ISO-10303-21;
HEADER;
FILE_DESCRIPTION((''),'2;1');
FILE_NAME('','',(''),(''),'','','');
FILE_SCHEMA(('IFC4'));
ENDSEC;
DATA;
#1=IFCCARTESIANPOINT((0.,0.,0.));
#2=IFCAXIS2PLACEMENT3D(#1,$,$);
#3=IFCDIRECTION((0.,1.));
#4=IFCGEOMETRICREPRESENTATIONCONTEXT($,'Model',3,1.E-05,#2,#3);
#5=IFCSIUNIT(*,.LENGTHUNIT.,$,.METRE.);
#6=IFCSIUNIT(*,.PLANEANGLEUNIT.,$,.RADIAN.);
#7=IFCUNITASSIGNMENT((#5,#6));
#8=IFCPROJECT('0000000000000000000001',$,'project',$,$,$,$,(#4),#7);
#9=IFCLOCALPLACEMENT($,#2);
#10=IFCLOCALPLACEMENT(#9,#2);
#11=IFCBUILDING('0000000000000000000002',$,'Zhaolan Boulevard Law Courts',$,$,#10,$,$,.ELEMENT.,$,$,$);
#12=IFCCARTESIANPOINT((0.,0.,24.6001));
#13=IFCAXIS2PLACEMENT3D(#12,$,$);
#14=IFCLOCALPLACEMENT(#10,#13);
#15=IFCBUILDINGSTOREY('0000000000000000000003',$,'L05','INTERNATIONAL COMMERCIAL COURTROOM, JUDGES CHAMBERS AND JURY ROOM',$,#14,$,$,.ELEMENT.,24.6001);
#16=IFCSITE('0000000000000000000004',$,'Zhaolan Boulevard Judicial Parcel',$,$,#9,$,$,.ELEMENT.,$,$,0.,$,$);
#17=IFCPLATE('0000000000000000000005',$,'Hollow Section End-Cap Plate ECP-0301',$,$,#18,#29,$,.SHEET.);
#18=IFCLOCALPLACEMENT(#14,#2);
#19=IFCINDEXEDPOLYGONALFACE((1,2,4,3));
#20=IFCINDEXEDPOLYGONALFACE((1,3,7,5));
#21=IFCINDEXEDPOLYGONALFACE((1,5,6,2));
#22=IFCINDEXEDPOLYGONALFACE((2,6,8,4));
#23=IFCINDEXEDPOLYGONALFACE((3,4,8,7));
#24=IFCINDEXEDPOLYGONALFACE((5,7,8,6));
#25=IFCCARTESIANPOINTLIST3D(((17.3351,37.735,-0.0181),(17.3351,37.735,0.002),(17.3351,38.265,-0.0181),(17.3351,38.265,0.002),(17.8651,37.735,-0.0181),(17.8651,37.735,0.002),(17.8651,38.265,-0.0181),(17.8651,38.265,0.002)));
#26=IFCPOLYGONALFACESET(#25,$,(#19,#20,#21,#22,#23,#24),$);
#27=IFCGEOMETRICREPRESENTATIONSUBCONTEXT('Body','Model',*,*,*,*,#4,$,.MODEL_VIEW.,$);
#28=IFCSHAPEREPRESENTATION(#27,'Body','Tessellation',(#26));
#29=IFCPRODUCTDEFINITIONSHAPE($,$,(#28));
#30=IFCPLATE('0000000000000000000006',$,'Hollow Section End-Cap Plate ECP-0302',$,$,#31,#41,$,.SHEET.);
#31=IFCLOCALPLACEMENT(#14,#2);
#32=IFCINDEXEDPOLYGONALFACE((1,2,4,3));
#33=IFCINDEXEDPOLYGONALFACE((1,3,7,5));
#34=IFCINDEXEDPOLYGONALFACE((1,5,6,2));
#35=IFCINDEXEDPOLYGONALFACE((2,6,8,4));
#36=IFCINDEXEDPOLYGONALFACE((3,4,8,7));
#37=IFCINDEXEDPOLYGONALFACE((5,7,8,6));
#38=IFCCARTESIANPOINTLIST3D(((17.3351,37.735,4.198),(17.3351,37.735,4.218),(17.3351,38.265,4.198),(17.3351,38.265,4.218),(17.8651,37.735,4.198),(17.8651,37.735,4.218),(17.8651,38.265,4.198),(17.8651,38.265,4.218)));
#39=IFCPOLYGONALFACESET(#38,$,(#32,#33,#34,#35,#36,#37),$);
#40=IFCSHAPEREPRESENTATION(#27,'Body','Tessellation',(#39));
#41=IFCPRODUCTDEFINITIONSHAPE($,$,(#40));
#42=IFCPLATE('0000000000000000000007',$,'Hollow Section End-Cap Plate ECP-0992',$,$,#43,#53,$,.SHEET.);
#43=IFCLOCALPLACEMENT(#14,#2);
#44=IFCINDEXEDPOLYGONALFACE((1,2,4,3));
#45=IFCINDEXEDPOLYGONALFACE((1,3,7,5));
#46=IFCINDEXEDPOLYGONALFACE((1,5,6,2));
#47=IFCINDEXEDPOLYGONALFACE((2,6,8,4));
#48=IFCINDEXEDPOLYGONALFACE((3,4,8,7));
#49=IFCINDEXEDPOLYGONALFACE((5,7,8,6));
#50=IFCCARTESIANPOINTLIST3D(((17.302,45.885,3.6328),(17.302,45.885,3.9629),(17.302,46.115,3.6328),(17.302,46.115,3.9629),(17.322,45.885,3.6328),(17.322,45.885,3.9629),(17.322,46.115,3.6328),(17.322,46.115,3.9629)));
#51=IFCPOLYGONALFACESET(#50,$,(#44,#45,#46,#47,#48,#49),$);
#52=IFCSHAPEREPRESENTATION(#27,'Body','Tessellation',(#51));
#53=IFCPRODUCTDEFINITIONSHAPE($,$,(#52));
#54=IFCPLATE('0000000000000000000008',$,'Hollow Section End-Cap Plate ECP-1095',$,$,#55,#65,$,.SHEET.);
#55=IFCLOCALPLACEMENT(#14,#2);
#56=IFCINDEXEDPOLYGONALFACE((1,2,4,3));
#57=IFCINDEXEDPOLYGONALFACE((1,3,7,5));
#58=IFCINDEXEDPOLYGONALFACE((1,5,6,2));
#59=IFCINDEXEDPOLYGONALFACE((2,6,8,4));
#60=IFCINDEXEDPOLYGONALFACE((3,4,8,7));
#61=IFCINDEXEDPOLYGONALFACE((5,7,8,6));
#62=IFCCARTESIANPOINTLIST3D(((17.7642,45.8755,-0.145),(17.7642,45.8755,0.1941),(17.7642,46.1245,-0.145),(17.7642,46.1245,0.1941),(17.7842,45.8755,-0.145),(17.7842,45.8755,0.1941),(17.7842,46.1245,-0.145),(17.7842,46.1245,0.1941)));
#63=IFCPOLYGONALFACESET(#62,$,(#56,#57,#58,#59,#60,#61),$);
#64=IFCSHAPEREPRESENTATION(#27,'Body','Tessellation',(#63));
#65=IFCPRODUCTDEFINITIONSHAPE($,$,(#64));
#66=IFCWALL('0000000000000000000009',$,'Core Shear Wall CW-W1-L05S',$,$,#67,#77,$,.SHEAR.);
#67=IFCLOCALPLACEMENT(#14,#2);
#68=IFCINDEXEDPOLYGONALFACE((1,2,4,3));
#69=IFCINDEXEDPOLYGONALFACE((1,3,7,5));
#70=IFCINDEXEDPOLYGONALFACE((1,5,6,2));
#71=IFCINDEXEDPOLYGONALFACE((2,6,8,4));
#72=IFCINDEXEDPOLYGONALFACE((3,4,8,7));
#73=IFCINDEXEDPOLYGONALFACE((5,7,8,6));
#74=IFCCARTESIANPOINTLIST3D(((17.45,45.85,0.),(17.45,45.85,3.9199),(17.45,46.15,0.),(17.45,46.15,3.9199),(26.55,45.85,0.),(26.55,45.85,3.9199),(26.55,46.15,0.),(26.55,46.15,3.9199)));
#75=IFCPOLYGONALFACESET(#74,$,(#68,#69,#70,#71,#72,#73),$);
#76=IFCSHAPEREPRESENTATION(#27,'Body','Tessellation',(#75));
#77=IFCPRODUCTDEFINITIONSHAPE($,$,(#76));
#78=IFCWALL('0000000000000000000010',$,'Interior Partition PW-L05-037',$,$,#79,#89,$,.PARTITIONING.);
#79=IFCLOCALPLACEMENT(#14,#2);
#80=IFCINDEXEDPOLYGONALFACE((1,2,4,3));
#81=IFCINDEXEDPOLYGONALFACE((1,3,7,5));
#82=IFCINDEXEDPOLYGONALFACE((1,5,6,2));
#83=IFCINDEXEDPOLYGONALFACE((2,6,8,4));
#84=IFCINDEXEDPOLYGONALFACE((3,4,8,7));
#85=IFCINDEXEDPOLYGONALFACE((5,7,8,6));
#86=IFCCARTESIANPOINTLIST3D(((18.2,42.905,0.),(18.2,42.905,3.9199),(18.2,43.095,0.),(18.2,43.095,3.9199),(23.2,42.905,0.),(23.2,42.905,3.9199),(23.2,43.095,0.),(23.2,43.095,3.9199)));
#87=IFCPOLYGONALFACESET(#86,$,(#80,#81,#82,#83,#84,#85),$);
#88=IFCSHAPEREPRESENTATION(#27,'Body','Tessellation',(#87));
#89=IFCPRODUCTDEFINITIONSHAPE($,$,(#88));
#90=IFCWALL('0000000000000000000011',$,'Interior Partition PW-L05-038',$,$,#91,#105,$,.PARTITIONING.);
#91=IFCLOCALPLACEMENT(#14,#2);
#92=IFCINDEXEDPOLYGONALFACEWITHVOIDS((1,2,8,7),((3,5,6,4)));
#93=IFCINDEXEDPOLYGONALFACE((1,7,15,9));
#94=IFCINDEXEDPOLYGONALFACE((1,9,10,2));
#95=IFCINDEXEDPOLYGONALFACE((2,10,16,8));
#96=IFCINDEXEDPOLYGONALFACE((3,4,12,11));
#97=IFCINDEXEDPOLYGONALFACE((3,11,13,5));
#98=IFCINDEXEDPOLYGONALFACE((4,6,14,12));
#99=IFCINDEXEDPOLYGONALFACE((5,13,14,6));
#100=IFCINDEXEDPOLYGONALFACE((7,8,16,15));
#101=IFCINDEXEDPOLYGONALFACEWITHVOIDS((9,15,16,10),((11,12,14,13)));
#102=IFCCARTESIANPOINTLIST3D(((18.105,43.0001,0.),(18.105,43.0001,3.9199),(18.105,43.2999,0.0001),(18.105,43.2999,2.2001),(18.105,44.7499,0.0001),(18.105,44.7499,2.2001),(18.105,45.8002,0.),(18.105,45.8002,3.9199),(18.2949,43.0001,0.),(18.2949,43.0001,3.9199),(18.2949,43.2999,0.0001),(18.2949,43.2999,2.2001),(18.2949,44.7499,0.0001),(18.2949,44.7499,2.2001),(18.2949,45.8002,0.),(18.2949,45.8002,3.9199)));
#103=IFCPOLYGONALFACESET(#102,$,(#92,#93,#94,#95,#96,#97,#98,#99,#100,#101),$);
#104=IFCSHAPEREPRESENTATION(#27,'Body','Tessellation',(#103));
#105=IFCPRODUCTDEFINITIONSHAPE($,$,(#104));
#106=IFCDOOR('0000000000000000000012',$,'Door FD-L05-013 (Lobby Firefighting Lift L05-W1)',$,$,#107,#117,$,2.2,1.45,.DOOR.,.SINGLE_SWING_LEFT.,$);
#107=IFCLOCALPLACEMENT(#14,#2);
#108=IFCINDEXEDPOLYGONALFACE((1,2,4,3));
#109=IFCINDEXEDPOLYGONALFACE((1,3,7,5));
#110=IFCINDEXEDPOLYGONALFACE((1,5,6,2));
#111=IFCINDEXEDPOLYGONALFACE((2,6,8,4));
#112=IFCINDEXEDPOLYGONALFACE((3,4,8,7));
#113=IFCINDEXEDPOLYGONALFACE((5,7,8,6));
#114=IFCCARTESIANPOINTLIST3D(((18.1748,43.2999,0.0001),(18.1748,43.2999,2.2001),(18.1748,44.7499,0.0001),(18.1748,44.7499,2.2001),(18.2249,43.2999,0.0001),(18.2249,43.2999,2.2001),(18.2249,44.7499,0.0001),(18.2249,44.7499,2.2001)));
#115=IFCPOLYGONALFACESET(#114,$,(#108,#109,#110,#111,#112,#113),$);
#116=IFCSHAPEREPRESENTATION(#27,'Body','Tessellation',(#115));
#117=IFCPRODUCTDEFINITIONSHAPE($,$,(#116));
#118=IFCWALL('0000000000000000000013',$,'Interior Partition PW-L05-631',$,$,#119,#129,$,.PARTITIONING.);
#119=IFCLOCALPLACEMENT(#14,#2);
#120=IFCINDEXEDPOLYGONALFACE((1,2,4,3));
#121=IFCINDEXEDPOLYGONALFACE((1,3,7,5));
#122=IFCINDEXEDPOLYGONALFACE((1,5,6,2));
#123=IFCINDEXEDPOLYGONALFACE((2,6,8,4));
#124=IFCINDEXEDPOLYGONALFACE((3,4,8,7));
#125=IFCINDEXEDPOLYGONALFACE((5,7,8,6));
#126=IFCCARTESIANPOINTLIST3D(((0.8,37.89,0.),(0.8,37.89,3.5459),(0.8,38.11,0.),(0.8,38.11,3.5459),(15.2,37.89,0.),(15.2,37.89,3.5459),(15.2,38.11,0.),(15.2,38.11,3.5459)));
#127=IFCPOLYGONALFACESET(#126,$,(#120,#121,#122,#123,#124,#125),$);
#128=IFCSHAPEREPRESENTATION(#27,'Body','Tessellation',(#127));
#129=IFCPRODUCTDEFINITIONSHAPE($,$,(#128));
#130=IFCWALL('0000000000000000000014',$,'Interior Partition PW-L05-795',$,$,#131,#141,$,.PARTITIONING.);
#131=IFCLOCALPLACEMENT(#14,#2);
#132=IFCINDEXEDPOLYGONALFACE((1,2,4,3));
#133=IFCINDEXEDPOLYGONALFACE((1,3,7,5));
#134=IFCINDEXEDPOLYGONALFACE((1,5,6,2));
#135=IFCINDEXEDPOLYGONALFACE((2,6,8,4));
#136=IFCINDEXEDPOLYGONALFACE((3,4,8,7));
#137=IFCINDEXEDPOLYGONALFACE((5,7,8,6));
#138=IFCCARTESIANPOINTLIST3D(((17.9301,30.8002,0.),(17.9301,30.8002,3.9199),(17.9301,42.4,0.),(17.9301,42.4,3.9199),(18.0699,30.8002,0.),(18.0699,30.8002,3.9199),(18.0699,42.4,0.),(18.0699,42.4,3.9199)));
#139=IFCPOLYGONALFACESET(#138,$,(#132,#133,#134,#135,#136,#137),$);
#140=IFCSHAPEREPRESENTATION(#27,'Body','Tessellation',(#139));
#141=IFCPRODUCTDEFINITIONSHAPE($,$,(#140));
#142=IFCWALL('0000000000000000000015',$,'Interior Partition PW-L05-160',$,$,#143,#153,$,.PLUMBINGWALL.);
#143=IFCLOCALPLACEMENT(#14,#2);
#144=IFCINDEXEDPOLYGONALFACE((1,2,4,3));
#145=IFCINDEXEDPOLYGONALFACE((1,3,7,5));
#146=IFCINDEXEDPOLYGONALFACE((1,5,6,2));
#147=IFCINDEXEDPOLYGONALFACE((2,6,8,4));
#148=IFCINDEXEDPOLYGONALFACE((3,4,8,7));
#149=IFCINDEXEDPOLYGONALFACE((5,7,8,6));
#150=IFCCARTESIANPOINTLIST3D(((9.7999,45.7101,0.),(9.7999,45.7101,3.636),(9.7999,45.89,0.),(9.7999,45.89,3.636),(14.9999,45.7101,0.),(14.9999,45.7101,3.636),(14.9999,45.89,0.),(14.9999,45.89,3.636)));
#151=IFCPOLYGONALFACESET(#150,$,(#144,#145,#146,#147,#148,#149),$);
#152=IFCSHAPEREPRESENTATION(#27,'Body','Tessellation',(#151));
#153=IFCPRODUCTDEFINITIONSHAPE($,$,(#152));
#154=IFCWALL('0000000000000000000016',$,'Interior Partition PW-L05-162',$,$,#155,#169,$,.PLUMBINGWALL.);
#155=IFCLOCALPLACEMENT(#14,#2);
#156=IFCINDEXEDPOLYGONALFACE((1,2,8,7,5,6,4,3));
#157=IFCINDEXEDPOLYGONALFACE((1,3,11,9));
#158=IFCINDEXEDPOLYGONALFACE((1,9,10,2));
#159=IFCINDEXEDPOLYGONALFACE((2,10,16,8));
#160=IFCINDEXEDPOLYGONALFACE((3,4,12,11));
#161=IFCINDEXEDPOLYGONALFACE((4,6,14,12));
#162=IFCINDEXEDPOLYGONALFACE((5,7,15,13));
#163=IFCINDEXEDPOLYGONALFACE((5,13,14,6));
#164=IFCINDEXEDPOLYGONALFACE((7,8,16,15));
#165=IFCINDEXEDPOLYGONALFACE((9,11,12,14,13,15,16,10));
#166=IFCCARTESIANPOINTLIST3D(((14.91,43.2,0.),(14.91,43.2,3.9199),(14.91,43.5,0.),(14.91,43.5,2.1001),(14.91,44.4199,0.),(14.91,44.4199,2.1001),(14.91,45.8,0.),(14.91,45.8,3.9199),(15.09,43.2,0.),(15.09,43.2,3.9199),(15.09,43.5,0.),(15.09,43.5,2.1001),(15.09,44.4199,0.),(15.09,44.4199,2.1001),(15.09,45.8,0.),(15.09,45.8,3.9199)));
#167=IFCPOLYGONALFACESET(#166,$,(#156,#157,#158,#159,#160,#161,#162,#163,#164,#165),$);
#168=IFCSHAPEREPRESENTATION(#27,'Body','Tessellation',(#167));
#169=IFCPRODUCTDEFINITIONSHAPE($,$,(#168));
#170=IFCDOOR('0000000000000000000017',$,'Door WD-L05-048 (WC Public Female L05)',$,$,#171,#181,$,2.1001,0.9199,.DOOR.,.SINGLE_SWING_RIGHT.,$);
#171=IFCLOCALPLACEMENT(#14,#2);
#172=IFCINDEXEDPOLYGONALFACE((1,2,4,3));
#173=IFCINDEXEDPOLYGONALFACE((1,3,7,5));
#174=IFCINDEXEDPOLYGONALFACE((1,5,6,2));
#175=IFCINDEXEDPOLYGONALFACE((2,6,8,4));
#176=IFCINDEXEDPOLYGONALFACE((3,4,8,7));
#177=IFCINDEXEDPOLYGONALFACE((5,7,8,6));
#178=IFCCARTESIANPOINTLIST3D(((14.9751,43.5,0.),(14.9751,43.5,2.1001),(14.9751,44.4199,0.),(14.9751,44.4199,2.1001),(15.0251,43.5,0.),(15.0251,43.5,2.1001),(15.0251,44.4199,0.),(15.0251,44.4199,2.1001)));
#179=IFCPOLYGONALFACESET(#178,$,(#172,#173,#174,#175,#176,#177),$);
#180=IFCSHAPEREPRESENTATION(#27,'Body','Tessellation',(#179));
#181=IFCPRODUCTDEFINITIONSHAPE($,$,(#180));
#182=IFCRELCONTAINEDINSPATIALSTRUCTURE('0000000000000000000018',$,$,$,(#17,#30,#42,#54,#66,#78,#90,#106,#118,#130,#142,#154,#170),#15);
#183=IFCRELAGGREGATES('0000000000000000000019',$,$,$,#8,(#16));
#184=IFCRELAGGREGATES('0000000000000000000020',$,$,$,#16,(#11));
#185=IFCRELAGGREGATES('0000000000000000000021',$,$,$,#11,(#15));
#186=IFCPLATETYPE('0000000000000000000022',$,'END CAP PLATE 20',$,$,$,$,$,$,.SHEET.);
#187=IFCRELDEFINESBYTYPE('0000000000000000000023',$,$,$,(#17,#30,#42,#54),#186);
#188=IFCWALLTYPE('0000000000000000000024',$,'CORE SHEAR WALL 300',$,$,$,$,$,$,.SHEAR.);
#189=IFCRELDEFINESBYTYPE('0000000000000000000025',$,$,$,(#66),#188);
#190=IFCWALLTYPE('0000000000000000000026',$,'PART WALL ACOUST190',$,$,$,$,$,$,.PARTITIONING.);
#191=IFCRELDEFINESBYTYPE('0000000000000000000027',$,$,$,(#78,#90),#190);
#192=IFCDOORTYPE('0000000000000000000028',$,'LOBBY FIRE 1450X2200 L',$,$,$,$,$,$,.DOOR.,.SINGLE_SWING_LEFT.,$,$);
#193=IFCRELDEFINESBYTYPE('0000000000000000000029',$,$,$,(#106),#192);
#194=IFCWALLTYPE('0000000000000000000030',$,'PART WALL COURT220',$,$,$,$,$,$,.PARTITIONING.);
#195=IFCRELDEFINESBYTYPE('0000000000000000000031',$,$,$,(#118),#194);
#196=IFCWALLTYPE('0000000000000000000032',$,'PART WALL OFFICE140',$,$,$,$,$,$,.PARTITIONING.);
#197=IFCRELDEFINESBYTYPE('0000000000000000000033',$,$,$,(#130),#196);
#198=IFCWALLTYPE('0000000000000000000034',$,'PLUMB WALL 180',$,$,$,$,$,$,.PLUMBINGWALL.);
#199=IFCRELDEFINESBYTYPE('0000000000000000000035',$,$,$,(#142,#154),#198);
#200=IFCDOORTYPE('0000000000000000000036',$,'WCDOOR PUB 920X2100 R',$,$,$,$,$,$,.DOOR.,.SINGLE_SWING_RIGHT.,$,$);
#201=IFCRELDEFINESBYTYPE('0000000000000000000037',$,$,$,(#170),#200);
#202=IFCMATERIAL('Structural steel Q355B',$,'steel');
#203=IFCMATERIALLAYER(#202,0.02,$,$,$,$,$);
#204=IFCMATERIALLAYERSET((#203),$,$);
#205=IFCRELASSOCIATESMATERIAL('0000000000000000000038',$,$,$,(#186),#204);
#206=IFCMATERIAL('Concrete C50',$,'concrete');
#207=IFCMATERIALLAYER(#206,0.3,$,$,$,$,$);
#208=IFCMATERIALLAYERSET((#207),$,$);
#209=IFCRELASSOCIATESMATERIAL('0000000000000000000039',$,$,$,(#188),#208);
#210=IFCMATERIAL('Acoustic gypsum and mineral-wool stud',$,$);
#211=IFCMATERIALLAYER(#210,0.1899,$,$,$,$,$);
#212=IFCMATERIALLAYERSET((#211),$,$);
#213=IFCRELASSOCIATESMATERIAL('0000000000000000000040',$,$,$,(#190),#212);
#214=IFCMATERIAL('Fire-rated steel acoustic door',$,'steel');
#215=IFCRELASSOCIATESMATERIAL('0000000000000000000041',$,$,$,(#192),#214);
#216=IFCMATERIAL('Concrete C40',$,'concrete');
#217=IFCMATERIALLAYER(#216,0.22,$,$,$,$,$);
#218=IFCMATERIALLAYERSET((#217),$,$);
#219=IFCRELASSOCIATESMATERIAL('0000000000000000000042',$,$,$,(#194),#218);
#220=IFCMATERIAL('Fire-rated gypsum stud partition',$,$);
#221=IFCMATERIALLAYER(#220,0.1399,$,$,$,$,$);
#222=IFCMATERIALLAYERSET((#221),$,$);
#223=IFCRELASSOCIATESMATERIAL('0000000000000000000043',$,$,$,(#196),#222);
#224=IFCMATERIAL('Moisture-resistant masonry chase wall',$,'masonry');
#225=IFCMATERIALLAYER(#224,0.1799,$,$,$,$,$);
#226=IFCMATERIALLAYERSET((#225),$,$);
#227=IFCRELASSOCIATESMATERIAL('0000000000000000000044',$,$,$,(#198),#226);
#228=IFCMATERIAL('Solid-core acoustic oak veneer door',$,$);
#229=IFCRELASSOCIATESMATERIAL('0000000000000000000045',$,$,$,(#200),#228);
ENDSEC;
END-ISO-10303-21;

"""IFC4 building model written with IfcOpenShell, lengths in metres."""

from ifc_helpers import new_model, si_unit, direction, frame, frame_2d, origin, origin_2d, place, context, subcontext, project, spatial, rectangle, extrude, material, layer, layer_set, type_object, element, fill, save


model = new_model("IFC4")

# Units and contexts
model_context = context("Model", 3, precision=1e-05, world=origin(), true_north=direction((0.0, 1.0)))
body_context = subcontext(model_context, "Body", "Model", "MODEL_VIEW")
ifc_project = project(units=[si_unit("LENGTHUNIT", "METRE"), si_unit("PLANEANGLEUNIT", "RADIAN")], contexts=[model_context])

# Site, building, storey
site_placement = place(None, origin())
site = spatial("IfcSite", under=ifc_project, at=site_placement, Name="Zhaolan Boulevard Judicial Parcel", CompositionType="ELEMENT", RefElevation=0.0)
building_placement = place(site_placement, origin())
building = spatial("IfcBuilding", under=site, at=building_placement, Name="Zhaolan Boulevard Law Courts", CompositionType="ELEMENT")
storey_placement = place(building_placement, frame((0.0, 0.0, 24.6001)))
storey = spatial("IfcBuildingStorey", under=building, at=storey_placement, Name="L05", Description="INTERNATIONAL COMMERCIAL COURTROOM, JUDGES CHAMBERS AND JURY ROOM", CompositionType="ELEMENT", Elevation=24.6001)

# Plates
ifc_material_1 = material(Name="Structural steel Q355B", Category="steel")
ifc_layer_1 = layer(ifc_material_1, 0.02)
ifc_layer_set_1 = layer_set([ifc_layer_1])
plate_type = type_object("IfcPlateType", Name="END CAP PLATE 20", PredefinedType="SHEET", material=ifc_layer_set_1)
for number, where, z_axis, x_axis, name in (
    (1, (17.6001, 38.0, -0.0181), (0.0, 0.0, 1.0), (1.0, 0.0, 0.0), "Hollow Section End-Cap Plate ECP-0301"),
    (2, (17.6001, 38.0, 4.198), (0.0, 0.0, 1.0), (1.0, 0.0, 0.0), "Hollow Section End-Cap Plate ECP-0302"),
):
    element("IfcPlate", number, at=place(storey_placement, frame(where, z_axis=z_axis, x_axis=x_axis)), inside=storey, type_object=plate_type, Name=name, PredefinedType="SHEET", context=body_context, shape_type="SweptSolid", body=[
        extrude(rectangle(XDim=0.53, YDim=0.53, at=origin_2d()), origin(), (0.0, 0.0, 1.0), 0.02),
    ])
plate_1_placement = place(storey_placement, frame((17.312, 46.0, 3.6328), z_axis=(0.0, 0.0, 1.0), x_axis=(1.0, 0.0, 0.0)))
element("IfcPlate", 3, at=plate_1_placement, inside=storey, type_object=plate_type, Name="Hollow Section End-Cap Plate ECP-0992", PredefinedType="SHEET", context=body_context, shape_type="SweptSolid", body=[
    extrude(rectangle(XDim=0.02, YDim=0.23, at=origin_2d()), origin(), (0.0, 0.0, 1.0), 0.3301),
])
plate_2_placement = place(storey_placement, frame((17.7742, 46.0, -0.145), z_axis=(0.0, 0.0, 1.0), x_axis=(1.0, 0.0, 0.0)))
element("IfcPlate", 4, at=plate_2_placement, inside=storey, type_object=plate_type, Name="Hollow Section End-Cap Plate ECP-1095", PredefinedType="SHEET", context=body_context, shape_type="SweptSolid", body=[
    extrude(rectangle(XDim=0.02, YDim=0.249, at=origin_2d()), origin(), (0.0, 0.0, 1.0), 0.3391),
])

# Walls
ifc_material_2 = material(Name="Concrete C50", Category="concrete")
ifc_layer_2 = layer(ifc_material_2, 0.3)
ifc_layer_set_2 = layer_set([ifc_layer_2])
wall_type_1 = type_object("IfcWallType", Name="CORE SHEAR WALL 300", PredefinedType="SHEAR", material=ifc_layer_set_2)
wall_1_placement = place(storey_placement, frame((17.45, 46.0, 0.0), z_axis=(0.0, 0.0, 1.0), x_axis=(1.0, 0.0, 0.0)))
element("IfcWall", 5, at=wall_1_placement, inside=storey, type_object=wall_type_1, Name="Core Shear Wall CW-W1-L05S", PredefinedType="SHEAR", context=body_context, shape_type="SweptSolid", body=[
    extrude(rectangle(XDim=9.1001, YDim=0.3, at=frame_2d((4.55, 0.0))), origin(), (0.0, 0.0, 1.0), 3.9199),
])
ifc_material_3 = material(Name="Acoustic gypsum and mineral-wool stud")
ifc_layer_3 = layer(ifc_material_3, 0.1899)
ifc_layer_set_3 = layer_set([ifc_layer_3])
wall_type_2 = type_object("IfcWallType", Name="PART WALL ACOUST190", PredefinedType="PARTITIONING", material=ifc_layer_set_3)
wall_2_placement = place(storey_placement, frame((18.2, 43.0, 0.0), z_axis=(0.0, 0.0, 1.0), x_axis=(1.0, 0.0, 0.0)))
element("IfcWall", 6, at=wall_2_placement, inside=storey, type_object=wall_type_2, Name="Interior Partition PW-L05-037", PredefinedType="PARTITIONING", context=body_context, shape_type="SweptSolid", body=[
    extrude(rectangle(XDim=5.0, YDim=0.1899, at=frame_2d((2.5, 0.0))), origin(), (0.0, 0.0, 1.0), 3.9199),
])

# Wall, opening, door
wall_3_placement = place(storey_placement, frame((18.2, 45.8, 0.0), z_axis=(0.0, 0.0, 1.0), x_axis=(0.0, -1.0, 0.0)))
wall_3 = element("IfcWall", 7, at=wall_3_placement, inside=storey, type_object=wall_type_2, Name="Interior Partition PW-L05-038", PredefinedType="PARTITIONING", context=body_context, shape_type="SweptSolid", body=[
    extrude(rectangle(XDim=2.8, YDim=0.1899, at=frame_2d((1.3999, 0.0))), origin(), (0.0, 0.0, 1.0), 3.9199),
])
opening_1_placement = place(wall_3_placement, frame((1.05, 0.0, 0.0)))
opening_1 = element("IfcOpeningElement", 8, at=opening_1_placement, cuts=wall_3, PredefinedType="OPENING", context=body_context, shape_type="SweptSolid", body=[
    extrude(rectangle(XDim=1.45, YDim=2.2, at=frame_2d((0.7251, 1.1001))), frame((0.0, 0.105, 0.0), z_axis=(0.0, -1.0, 0.0), x_axis=(1.0, 0.0, 0.0)), (0.0, 0.0, 1.0), 0.21),
])
ifc_material_4 = material(Name="Fire-rated steel acoustic door", Category="steel")
door_type_1 = type_object("IfcDoorType", Name="LOBBY FIRE 1450X2200 L", OperationType="SINGLE_SWING_LEFT", PredefinedType="DOOR", material=ifc_material_4)
door_1_placement = place(opening_1_placement, origin())
door_1 = element("IfcDoor", 9, at=door_1_placement, inside=storey, type_object=door_type_1, Name="Door FD-L05-013 (Lobby Firefighting Lift L05-W1)", OperationType="SINGLE_SWING_LEFT", OverallHeight=2.2, OverallWidth=1.45, PredefinedType="DOOR", context=body_context, shape_type="SweptSolid", body=[
    extrude(rectangle(XDim=1.45, YDim=2.2, at=frame_2d((0.7251, 1.1001))), frame((0.0, 0.0249, 0.0), z_axis=(0.0, -1.0, 0.0), x_axis=(1.0, 0.0, 0.0)), (0.0, 0.0, 1.0), 0.05),
])
fill(opening_1, door_1)

# Walls
ifc_material_5 = material(Name="Concrete C40", Category="concrete")
ifc_layer_4 = layer(ifc_material_5, 0.22)
ifc_layer_set_4 = layer_set([ifc_layer_4])
wall_type_3 = type_object("IfcWallType", Name="PART WALL COURT220", PredefinedType="PARTITIONING", material=ifc_layer_set_4)
wall_4_placement = place(storey_placement, frame((15.2, 38.0, 0.0), z_axis=(0.0, 0.0, 1.0), x_axis=(-1.0, 0.0, 0.0)))
element("IfcWall", 10, at=wall_4_placement, inside=storey, type_object=wall_type_3, Name="Interior Partition PW-L05-631", PredefinedType="PARTITIONING", context=body_context, shape_type="SweptSolid", body=[
    extrude(rectangle(XDim=14.3999, YDim=0.22, at=frame_2d((7.2, 0.0))), origin(), (0.0, 0.0, 1.0), 3.5459),
])
ifc_material_6 = material(Name="Fire-rated gypsum stud partition")
ifc_layer_5 = layer(ifc_material_6, 0.1399)
ifc_layer_set_5 = layer_set([ifc_layer_5])
wall_type_4 = type_object("IfcWallType", Name="PART WALL OFFICE140", PredefinedType="PARTITIONING", material=ifc_layer_set_5)
wall_5_placement = place(storey_placement, frame((18.0, 42.3999, 0.0), z_axis=(0.0, 0.0, 1.0), x_axis=(0.0, -1.0, 0.0)))
element("IfcWall", 11, at=wall_5_placement, inside=storey, type_object=wall_type_4, Name="Interior Partition PW-L05-795", PredefinedType="PARTITIONING", context=body_context, shape_type="SweptSolid", body=[
    extrude(rectangle(XDim=11.5999, YDim=0.1399, at=frame_2d((5.7998, 0.0))), origin(), (0.0, 0.0, 1.0), 3.9199),
])
ifc_material_7 = material(Name="Moisture-resistant masonry chase wall", Category="masonry")
ifc_layer_6 = layer(ifc_material_7, 0.1799)
ifc_layer_set_6 = layer_set([ifc_layer_6])
wall_type_5 = type_object("IfcWallType", Name="PLUMB WALL 180", PredefinedType="PLUMBINGWALL", material=ifc_layer_set_6)
wall_6_placement = place(storey_placement, frame((15.0, 45.8, 0.0), z_axis=(0.0, 0.0, 1.0), x_axis=(-1.0, 0.0, 0.0)))
element("IfcWall", 12, at=wall_6_placement, inside=storey, type_object=wall_type_5, Name="Interior Partition PW-L05-160", PredefinedType="PLUMBINGWALL", context=body_context, shape_type="SweptSolid", body=[
    extrude(rectangle(XDim=5.2, YDim=0.1799, at=frame_2d((2.6001, 0.0))), origin(), (0.0, 0.0, 1.0), 3.636),
])

# Wall, opening, door
wall_7_placement = place(storey_placement, frame((15.0, 43.2, 0.0), z_axis=(0.0, 0.0, 1.0), x_axis=(0.0, 1.0, 0.0)))
wall_7 = element("IfcWall", 13, at=wall_7_placement, inside=storey, type_object=wall_type_5, Name="Interior Partition PW-L05-162", PredefinedType="PLUMBINGWALL", context=body_context, shape_type="SweptSolid", body=[
    extrude(rectangle(XDim=2.6001, YDim=0.1799, at=frame_2d((1.3, 0.0))), origin(), (0.0, 0.0, 1.0), 3.9199),
])
opening_2_placement = place(wall_7_placement, frame((0.3, 0.0, 0.0)))
opening_2 = element("IfcOpeningElement", 14, at=opening_2_placement, cuts=wall_7, PredefinedType="OPENING", context=body_context, shape_type="SweptSolid", body=[
    extrude(rectangle(XDim=0.9199, YDim=2.1001, at=frame_2d((0.46, 1.05))), frame((0.0, 0.0999, 0.0), z_axis=(0.0, -1.0, 0.0), x_axis=(1.0, 0.0, 0.0)), (0.0, 0.0, 1.0), 0.2),
])
ifc_material_8 = material(Name="Solid-core acoustic oak veneer door")
door_type_2 = type_object("IfcDoorType", Name="WCDOOR PUB 920X2100 R", OperationType="SINGLE_SWING_RIGHT", PredefinedType="DOOR", material=ifc_material_8)
door_2_placement = place(opening_2_placement, origin())
door_2 = element("IfcDoor", 15, at=door_2_placement, inside=storey, type_object=door_type_2, Name="Door WD-L05-048 (WC Public Female L05)", OperationType="SINGLE_SWING_RIGHT", OverallHeight=2.1001, OverallWidth=0.9199, PredefinedType="DOOR", context=body_context, shape_type="SweptSolid", body=[
    extrude(rectangle(XDim=0.9199, YDim=2.1001, at=frame_2d((0.46, 1.05))), frame((0.0, 0.0249, 0.0), z_axis=(0.0, -1.0, 0.0), x_axis=(1.0, 0.0, 0.0)), (0.0, 0.0, 1.0), 0.05),
])
fill(opening_2, door_2)

save(model, "model.ifc")
